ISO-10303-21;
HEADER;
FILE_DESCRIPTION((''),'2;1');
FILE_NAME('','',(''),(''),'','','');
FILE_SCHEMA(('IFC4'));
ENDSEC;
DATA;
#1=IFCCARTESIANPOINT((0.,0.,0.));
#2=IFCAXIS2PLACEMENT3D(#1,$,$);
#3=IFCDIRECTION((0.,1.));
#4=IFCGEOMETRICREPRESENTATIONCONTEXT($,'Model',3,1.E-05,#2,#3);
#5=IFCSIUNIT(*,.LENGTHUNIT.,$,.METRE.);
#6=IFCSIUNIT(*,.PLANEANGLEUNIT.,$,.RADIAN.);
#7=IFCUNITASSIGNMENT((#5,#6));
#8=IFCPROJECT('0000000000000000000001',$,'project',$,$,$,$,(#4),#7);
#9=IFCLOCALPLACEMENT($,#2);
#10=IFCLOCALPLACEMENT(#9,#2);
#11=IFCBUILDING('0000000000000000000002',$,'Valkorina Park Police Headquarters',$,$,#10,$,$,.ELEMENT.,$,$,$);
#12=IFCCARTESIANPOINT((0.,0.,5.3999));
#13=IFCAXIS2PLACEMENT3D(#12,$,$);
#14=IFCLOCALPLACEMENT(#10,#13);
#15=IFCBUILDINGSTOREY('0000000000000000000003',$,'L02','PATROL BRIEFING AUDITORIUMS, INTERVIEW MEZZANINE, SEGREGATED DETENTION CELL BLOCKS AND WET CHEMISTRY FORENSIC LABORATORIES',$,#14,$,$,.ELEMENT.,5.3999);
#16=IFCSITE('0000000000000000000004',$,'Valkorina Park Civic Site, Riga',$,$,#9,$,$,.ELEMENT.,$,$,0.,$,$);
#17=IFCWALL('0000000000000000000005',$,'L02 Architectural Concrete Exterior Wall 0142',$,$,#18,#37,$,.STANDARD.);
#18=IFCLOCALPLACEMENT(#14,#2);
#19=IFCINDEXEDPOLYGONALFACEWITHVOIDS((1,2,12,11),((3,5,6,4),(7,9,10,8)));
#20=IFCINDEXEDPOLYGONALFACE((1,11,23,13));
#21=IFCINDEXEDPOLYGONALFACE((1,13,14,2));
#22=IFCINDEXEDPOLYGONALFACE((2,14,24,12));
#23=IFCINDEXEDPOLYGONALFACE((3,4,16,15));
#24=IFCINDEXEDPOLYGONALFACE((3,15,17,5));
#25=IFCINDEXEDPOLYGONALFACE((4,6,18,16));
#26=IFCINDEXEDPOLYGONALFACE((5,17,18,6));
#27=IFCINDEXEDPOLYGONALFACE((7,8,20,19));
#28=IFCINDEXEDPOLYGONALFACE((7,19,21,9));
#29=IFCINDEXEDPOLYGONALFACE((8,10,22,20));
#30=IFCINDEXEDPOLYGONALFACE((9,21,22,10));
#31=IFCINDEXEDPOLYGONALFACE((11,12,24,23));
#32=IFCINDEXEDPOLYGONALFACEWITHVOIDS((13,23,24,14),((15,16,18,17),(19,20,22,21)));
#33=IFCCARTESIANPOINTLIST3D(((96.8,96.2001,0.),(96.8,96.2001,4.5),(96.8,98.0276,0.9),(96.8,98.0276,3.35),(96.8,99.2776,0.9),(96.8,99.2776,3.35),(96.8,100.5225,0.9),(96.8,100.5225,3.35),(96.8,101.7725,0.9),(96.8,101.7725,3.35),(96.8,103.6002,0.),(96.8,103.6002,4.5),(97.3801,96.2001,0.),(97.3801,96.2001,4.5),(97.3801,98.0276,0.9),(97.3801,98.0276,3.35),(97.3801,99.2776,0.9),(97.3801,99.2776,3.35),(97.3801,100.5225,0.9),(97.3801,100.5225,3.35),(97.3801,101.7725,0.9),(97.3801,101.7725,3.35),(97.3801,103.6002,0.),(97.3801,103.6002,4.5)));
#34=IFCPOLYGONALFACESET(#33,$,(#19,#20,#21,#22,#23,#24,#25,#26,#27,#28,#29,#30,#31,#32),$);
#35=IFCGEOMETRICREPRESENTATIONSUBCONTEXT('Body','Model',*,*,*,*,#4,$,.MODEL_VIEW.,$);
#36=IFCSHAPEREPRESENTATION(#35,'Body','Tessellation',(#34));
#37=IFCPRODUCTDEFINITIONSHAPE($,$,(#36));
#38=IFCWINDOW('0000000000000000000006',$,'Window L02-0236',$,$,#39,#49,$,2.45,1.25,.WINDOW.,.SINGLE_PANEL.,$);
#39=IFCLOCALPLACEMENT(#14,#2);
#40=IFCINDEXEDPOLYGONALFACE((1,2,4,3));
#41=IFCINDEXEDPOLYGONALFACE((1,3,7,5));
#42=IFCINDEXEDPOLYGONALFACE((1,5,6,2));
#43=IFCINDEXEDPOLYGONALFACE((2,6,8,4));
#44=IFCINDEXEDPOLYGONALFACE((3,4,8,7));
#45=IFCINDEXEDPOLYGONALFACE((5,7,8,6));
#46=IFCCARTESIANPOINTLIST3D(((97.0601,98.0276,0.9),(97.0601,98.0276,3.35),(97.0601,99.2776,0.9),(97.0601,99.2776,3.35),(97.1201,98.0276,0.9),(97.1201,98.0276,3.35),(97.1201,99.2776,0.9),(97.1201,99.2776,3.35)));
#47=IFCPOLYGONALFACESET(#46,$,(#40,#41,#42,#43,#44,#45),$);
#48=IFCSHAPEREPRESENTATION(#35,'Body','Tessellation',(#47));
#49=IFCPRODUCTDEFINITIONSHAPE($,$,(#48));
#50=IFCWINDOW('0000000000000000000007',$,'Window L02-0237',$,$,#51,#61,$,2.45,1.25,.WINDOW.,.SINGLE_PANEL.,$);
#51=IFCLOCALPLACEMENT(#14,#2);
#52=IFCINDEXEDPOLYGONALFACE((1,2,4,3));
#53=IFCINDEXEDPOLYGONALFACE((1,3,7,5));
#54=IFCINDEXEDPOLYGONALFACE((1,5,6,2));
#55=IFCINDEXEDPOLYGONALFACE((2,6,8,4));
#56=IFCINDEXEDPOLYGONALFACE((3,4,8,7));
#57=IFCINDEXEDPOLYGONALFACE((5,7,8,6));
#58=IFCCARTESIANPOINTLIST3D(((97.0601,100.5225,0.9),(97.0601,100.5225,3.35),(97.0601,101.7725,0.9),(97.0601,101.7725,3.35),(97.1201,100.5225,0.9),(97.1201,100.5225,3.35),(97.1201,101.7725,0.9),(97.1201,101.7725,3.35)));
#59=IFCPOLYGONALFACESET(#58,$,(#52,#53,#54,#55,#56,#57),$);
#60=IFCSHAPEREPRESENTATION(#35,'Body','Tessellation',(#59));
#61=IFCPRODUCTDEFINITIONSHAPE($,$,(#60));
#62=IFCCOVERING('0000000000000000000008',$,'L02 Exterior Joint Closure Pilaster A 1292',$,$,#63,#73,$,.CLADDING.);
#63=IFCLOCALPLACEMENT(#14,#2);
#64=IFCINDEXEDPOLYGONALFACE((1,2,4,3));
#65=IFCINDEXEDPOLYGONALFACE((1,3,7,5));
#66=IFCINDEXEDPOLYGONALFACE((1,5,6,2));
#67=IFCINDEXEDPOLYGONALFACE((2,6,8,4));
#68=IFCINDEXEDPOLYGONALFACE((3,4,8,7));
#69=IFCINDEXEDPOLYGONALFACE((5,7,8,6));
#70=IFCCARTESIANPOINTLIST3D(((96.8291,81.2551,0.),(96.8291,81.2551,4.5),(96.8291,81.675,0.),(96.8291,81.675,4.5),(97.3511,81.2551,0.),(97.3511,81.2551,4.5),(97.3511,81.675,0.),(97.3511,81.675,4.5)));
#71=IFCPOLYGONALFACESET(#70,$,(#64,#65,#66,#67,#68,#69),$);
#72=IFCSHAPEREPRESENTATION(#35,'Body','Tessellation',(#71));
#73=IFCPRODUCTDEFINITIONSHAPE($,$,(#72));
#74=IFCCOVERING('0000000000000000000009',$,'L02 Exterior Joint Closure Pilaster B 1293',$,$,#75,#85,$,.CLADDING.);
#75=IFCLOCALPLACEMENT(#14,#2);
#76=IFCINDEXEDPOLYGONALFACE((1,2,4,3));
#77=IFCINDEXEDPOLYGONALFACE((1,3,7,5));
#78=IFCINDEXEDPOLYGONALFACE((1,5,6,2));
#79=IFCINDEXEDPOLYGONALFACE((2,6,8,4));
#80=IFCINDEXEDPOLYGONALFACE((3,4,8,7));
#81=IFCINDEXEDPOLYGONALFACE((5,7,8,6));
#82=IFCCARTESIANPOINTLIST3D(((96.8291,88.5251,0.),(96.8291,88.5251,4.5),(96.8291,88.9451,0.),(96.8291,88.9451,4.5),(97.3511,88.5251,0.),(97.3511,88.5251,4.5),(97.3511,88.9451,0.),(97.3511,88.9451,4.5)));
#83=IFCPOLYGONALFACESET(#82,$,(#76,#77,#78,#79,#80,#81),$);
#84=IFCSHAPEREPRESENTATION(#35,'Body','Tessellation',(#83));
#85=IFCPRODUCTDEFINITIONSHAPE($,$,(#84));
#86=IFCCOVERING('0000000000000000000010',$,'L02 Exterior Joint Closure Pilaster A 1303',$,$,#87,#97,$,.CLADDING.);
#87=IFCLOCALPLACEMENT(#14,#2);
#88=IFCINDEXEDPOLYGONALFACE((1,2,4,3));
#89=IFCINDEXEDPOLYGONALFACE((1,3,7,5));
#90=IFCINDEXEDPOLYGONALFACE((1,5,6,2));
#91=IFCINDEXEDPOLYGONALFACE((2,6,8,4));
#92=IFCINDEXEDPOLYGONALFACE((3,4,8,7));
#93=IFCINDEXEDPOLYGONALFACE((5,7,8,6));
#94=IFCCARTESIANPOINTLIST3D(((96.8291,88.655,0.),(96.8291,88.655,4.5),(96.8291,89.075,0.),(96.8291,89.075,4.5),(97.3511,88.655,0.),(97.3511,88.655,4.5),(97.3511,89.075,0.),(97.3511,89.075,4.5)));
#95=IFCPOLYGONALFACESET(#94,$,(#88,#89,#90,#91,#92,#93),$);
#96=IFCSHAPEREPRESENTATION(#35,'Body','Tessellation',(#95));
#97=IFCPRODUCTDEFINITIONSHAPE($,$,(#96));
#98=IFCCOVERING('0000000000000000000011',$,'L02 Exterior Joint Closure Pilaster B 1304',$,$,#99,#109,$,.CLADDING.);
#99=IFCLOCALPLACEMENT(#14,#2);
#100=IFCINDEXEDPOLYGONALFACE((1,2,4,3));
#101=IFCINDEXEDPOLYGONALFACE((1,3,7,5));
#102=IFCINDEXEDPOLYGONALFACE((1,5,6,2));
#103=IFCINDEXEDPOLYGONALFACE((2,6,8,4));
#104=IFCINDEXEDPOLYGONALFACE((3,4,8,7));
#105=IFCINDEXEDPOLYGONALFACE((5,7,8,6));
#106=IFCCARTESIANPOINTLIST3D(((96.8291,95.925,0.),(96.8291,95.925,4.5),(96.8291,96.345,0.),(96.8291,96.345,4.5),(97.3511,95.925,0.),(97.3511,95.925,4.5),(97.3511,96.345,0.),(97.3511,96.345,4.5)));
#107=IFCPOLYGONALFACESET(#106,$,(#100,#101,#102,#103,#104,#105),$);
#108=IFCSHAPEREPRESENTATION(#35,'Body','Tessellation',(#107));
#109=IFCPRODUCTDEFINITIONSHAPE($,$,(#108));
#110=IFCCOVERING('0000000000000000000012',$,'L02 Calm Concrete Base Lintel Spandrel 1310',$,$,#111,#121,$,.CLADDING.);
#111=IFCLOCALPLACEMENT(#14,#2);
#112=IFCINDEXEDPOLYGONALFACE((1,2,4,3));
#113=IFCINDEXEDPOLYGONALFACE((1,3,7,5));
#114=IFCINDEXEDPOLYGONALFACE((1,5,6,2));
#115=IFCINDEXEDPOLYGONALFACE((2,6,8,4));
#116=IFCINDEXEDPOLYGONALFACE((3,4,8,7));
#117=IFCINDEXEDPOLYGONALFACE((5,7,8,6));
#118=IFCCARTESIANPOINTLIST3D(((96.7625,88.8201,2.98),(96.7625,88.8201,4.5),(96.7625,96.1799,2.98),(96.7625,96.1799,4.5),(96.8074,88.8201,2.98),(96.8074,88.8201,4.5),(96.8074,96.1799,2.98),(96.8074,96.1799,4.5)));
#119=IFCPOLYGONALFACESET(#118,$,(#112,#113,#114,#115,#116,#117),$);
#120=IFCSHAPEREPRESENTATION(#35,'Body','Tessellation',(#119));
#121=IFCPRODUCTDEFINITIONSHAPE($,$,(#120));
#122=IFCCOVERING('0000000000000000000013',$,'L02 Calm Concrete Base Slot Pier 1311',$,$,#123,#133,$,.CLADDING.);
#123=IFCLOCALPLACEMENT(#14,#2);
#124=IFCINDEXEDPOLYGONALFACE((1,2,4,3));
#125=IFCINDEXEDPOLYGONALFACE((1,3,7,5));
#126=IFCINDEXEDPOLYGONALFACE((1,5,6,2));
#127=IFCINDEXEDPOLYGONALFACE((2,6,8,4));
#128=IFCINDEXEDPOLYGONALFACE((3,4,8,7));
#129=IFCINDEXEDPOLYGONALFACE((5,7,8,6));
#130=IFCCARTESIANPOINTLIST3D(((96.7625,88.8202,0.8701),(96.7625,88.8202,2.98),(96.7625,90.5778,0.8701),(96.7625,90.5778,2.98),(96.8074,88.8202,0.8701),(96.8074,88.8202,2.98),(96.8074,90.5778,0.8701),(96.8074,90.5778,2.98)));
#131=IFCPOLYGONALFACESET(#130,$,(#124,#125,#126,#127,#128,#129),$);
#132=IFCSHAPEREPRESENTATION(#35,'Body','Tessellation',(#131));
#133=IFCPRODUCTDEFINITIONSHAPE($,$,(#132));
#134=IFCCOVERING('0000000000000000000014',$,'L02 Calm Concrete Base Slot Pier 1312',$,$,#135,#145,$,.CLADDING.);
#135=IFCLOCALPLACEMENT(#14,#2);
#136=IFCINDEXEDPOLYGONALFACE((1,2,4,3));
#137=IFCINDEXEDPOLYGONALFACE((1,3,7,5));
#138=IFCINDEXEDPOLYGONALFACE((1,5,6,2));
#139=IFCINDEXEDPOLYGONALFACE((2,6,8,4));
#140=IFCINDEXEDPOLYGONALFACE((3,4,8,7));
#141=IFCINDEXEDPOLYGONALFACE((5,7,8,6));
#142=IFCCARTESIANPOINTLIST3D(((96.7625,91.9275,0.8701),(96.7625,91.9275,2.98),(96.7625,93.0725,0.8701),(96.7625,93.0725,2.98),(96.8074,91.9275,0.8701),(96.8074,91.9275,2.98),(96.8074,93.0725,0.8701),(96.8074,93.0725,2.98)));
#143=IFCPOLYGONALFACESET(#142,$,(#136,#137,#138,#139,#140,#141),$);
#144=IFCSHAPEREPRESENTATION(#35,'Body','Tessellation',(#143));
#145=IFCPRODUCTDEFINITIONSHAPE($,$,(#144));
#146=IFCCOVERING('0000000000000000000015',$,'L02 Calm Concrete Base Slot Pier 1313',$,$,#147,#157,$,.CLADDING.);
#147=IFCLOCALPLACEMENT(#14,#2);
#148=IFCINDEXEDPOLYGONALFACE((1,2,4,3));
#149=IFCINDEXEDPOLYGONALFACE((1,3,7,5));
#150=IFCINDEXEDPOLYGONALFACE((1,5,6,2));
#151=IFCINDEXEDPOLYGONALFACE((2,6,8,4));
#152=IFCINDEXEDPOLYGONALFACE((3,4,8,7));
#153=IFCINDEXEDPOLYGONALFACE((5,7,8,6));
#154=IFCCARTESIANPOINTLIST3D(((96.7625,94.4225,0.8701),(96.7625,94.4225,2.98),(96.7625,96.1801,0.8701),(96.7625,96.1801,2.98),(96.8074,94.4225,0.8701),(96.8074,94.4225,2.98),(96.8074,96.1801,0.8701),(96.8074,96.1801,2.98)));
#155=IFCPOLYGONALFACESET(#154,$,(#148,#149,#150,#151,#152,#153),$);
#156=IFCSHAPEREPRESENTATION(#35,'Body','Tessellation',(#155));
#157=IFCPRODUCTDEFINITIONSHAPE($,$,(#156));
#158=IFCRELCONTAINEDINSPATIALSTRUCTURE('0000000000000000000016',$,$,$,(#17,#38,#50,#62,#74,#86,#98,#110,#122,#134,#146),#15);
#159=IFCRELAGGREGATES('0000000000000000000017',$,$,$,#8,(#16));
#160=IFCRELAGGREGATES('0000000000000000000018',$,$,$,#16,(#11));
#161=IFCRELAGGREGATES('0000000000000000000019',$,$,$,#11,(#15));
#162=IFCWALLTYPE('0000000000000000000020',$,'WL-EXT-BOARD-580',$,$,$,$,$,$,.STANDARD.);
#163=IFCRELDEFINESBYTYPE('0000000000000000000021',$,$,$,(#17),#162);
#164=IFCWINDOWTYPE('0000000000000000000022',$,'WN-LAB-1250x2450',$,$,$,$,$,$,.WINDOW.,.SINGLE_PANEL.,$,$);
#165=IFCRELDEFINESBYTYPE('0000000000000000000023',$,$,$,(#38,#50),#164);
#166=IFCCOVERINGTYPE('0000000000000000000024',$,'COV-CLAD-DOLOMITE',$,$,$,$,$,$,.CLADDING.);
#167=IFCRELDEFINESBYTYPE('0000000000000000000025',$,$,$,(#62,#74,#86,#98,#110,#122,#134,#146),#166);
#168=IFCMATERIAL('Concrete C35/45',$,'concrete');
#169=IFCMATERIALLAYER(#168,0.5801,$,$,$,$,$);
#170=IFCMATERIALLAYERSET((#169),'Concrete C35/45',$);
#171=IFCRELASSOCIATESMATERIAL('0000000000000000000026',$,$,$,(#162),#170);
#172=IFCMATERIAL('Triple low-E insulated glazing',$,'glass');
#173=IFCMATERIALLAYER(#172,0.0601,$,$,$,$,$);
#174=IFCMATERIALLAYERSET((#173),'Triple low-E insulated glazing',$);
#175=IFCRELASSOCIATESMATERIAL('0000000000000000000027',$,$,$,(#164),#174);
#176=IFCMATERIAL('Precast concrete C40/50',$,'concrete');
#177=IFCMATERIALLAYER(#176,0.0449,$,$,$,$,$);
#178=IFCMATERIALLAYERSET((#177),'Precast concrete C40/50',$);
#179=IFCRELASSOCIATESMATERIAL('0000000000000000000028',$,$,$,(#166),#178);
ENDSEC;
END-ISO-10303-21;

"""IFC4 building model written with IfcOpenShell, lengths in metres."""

from ifc_helpers import new_model, si_unit, direction, frame, frame_2d, origin, origin_2d, place, context, subcontext, project, spatial, rectangle, extrude, material, layer, layer_set, type_object, element, fill, save


model = new_model("IFC4")

# Units and contexts
model_context = context("Model", 3, precision=1e-05, world=origin(), true_north=direction((0.0, 1.0)))
body_context = subcontext(model_context, "Body", "Model", "MODEL_VIEW")
ifc_project = project(units=[si_unit("LENGTHUNIT", "METRE"), si_unit("PLANEANGLEUNIT", "RADIAN")], contexts=[model_context])

# Site, building, storey
site_placement = place(None, origin())
site = spatial("IfcSite", under=ifc_project, at=site_placement, Name="Valkorina Park Civic Site, Riga", CompositionType="ELEMENT", RefElevation=0.0)
building_placement = place(site_placement, origin())
building = spatial("IfcBuilding", under=site, at=building_placement, Name="Valkorina Park Police Headquarters", CompositionType="ELEMENT")
storey_placement = place(building_placement, frame((0.0, 0.0, 5.3999)))
storey = spatial("IfcBuildingStorey", under=building, at=storey_placement, Name="L02", Description="PATROL BRIEFING AUDITORIUMS, INTERVIEW MEZZANINE, SEGREGATED DETENTION CELL BLOCKS AND WET CHEMISTRY FORENSIC LABORATORIES", CompositionType="ELEMENT", Elevation=5.3999)

# Wall, openings, windows
ifc_material_1 = material(Name="Concrete C35/45", Category="concrete")
ifc_layer_1 = layer(ifc_material_1, 0.5801)
ifc_layer_set_1 = layer_set([ifc_layer_1], Name="Concrete C35/45")
wall_type = type_object("IfcWallType", Name="WL-EXT-BOARD-580", PredefinedType="STANDARD", material=ifc_layer_set_1)
ifc_material_2 = material(Name="Triple low-E insulated glazing", Category="glass")
wall_1_placement = place(storey_placement, frame((97.0901, 96.2, 0.0), z_axis=(0.0, 0.0, 1.0), x_axis=(0.0, 1.0, 0.0)))
wall_1 = element("IfcWall", 1, at=wall_1_placement, inside=storey, type_object=wall_type, Name="L02 Architectural Concrete Exterior Wall 0142", PredefinedType="STANDARD", context=body_context, shape_type="SweptSolid", body=[
    extrude(rectangle(XDim=7.4001, YDim=0.5801, at=frame_2d((3.7002, 0.0))), origin(), (0.0, 0.0, 1.0), 4.5),
])
opening_1_placement = place(wall_1_placement, frame((1.8276, 0.0, 0.8999)))
opening_1 = element("IfcOpeningElement", 2, at=opening_1_placement, cuts=wall_1, PredefinedType="OPENING", context=body_context, shape_type="SweptSolid", body=[
    extrude(rectangle(XDim=1.25, YDim=2.45, at=frame_2d((0.625, 1.2251))), frame((0.0, 0.3, 0.0), z_axis=(0.0, -1.0, 0.0), x_axis=(1.0, 0.0, 0.0)), (0.0, 0.0, 1.0), 0.6001),
])
opening_2_placement = place(wall_1_placement, frame((4.3225, 0.0, 0.8999)))
opening_2 = element("IfcOpeningElement", 3, at=opening_2_placement, cuts=wall_1, PredefinedType="OPENING", context=body_context, shape_type="SweptSolid", body=[
    extrude(rectangle(XDim=1.25, YDim=2.45, at=frame_2d((0.625, 1.2251))), frame((0.0, 0.3, 0.0), z_axis=(0.0, -1.0, 0.0), x_axis=(1.0, 0.0, 0.0)), (0.0, 0.0, 1.0), 0.6001),
])
ifc_layer_2 = layer(ifc_material_2, 0.0601)
ifc_layer_set_2 = layer_set([ifc_layer_2], Name="Triple low-E insulated glazing")
window_type_1 = type_object("IfcWindowType", Name="WN-LAB-1250x2450", PartitioningType="SINGLE_PANEL", PredefinedType="WINDOW", material=ifc_layer_set_2)
window_1_placement = place(opening_1_placement, origin())
window_1 = element("IfcWindow", 4, at=window_1_placement, inside=storey, type_object=window_type_1, Name="Window L02-0236", OverallHeight=2.45, OverallWidth=1.25, PartitioningType="SINGLE_PANEL", PredefinedType="WINDOW", context=body_context, shape_type="SweptSolid", body=[
    extrude(rectangle(XDim=1.25, YDim=2.45, at=frame_2d((0.625, 1.2251))), frame((0.0, 0.03, 0.0), z_axis=(0.0, -1.0, 0.0), x_axis=(1.0, 0.0, 0.0)), (0.0, 0.0, 1.0), 0.0601),
])
fill(opening_1, window_1)
window_2_placement = place(opening_2_placement, origin())
window_2 = element("IfcWindow", 5, at=window_2_placement, inside=storey, type_object=window_type_1, Name="Window L02-0237", OverallHeight=2.45, OverallWidth=1.25, PartitioningType="SINGLE_PANEL", PredefinedType="WINDOW", context=body_context, shape_type="SweptSolid", body=[
    extrude(rectangle(XDim=1.25, YDim=2.45, at=frame_2d((0.625, 1.2251))), frame((0.0, 0.03, 0.0), z_axis=(0.0, -1.0, 0.0), x_axis=(1.0, 0.0, 0.0)), (0.0, 0.0, 1.0), 0.0601),
])
fill(opening_2, window_2)

# Coverings
ifc_material_3 = material(Name="Precast concrete C40/50", Category="concrete")
ifc_layer_3 = layer(ifc_material_3, 0.0449)
ifc_layer_set_3 = layer_set([ifc_layer_3], Name="Precast concrete C40/50")
covering_type = type_object("IfcCoveringType", Name="COV-CLAD-DOLOMITE", PredefinedType="CLADDING", material=ifc_layer_set_3)
for number, where, z_axis, x_axis, name in (
    (6, (97.0901, 81.4651, 0.0), (0.0, 0.0, 1.0), (0.0, 1.0, 0.0), "L02 Exterior Joint Closure Pilaster A 1292"),
    (7, (97.0901, 88.7351, 0.0), (0.0, 0.0, 1.0), (0.0, 1.0, 0.0), "L02 Exterior Joint Closure Pilaster B 1293"),
    (8, (97.0901, 88.865, 0.0), (0.0, 0.0, 1.0), (0.0, 1.0, 0.0), "L02 Exterior Joint Closure Pilaster A 1303"),
    (9, (97.0901, 96.135, 0.0), (0.0, 0.0, 1.0), (0.0, 1.0, 0.0), "L02 Exterior Joint Closure Pilaster B 1304"),
):
    element("IfcCovering", number, at=place(storey_placement, frame(where, z_axis=z_axis, x_axis=x_axis)), inside=storey, type_object=covering_type, Name=name, PredefinedType="CLADDING", context=body_context, shape_type="SweptSolid", body=[
        extrude(rectangle(XDim=0.4199, YDim=0.522, at=origin_2d()), origin(), (0.0, 0.0, 1.0), 4.5),
    ])
covering_1_placement = place(storey_placement, frame((96.7849, 88.8201, 2.98), z_axis=(0.0, 0.0, 1.0), x_axis=(0.0, 1.0, 0.0)))
element("IfcCovering", 10, at=covering_1_placement, inside=storey, type_object=covering_type, Name="L02 Calm Concrete Base Lintel Spandrel 1310", PredefinedType="CLADDING", context=body_context, shape_type="SweptSolid", body=[
    extrude(rectangle(XDim=7.3599, YDim=0.0449, at=frame_2d((3.6799, 0.0))), origin(), (0.0, 0.0, 1.0), 1.52),
])
covering_2_placement = place(storey_placement, frame((96.7849, 88.8201, 0.8701), z_axis=(0.0, 0.0, 1.0), x_axis=(0.0, 1.0, 0.0)))
element("IfcCovering", 11, at=covering_2_placement, inside=storey, type_object=covering_type, Name="L02 Calm Concrete Base Slot Pier 1311", PredefinedType="CLADDING", context=body_context, shape_type="SweptSolid", body=[
    extrude(rectangle(XDim=1.7576, YDim=0.0449, at=frame_2d((0.8789, 0.0))), origin(), (0.0, 0.0, 1.0), 2.1099),
])
covering_3_placement = place(storey_placement, frame((96.7849, 91.9275, 0.8701), z_axis=(0.0, 0.0, 1.0), x_axis=(0.0, 1.0, 0.0)))
element("IfcCovering", 12, at=covering_3_placement, inside=storey, type_object=covering_type, Name="L02 Calm Concrete Base Slot Pier 1312", PredefinedType="CLADDING", context=body_context, shape_type="SweptSolid", body=[
    extrude(rectangle(XDim=1.145, YDim=0.0449, at=frame_2d((0.5725, 0.0))), origin(), (0.0, 0.0, 1.0), 2.1099),
])
covering_4_placement = place(storey_placement, frame((96.7849, 94.4224, 0.8701), z_axis=(0.0, 0.0, 1.0), x_axis=(0.0, 1.0, 0.0)))
element("IfcCovering", 13, at=covering_4_placement, inside=storey, type_object=covering_type, Name="L02 Calm Concrete Base Slot Pier 1313", PredefinedType="CLADDING", context=body_context, shape_type="SweptSolid", body=[
    extrude(rectangle(XDim=1.7576, YDim=0.0449, at=frame_2d((0.8789, 0.0))), origin(), (0.0, 0.0, 1.0), 2.1099),
])

save(model, "model.ifc")
